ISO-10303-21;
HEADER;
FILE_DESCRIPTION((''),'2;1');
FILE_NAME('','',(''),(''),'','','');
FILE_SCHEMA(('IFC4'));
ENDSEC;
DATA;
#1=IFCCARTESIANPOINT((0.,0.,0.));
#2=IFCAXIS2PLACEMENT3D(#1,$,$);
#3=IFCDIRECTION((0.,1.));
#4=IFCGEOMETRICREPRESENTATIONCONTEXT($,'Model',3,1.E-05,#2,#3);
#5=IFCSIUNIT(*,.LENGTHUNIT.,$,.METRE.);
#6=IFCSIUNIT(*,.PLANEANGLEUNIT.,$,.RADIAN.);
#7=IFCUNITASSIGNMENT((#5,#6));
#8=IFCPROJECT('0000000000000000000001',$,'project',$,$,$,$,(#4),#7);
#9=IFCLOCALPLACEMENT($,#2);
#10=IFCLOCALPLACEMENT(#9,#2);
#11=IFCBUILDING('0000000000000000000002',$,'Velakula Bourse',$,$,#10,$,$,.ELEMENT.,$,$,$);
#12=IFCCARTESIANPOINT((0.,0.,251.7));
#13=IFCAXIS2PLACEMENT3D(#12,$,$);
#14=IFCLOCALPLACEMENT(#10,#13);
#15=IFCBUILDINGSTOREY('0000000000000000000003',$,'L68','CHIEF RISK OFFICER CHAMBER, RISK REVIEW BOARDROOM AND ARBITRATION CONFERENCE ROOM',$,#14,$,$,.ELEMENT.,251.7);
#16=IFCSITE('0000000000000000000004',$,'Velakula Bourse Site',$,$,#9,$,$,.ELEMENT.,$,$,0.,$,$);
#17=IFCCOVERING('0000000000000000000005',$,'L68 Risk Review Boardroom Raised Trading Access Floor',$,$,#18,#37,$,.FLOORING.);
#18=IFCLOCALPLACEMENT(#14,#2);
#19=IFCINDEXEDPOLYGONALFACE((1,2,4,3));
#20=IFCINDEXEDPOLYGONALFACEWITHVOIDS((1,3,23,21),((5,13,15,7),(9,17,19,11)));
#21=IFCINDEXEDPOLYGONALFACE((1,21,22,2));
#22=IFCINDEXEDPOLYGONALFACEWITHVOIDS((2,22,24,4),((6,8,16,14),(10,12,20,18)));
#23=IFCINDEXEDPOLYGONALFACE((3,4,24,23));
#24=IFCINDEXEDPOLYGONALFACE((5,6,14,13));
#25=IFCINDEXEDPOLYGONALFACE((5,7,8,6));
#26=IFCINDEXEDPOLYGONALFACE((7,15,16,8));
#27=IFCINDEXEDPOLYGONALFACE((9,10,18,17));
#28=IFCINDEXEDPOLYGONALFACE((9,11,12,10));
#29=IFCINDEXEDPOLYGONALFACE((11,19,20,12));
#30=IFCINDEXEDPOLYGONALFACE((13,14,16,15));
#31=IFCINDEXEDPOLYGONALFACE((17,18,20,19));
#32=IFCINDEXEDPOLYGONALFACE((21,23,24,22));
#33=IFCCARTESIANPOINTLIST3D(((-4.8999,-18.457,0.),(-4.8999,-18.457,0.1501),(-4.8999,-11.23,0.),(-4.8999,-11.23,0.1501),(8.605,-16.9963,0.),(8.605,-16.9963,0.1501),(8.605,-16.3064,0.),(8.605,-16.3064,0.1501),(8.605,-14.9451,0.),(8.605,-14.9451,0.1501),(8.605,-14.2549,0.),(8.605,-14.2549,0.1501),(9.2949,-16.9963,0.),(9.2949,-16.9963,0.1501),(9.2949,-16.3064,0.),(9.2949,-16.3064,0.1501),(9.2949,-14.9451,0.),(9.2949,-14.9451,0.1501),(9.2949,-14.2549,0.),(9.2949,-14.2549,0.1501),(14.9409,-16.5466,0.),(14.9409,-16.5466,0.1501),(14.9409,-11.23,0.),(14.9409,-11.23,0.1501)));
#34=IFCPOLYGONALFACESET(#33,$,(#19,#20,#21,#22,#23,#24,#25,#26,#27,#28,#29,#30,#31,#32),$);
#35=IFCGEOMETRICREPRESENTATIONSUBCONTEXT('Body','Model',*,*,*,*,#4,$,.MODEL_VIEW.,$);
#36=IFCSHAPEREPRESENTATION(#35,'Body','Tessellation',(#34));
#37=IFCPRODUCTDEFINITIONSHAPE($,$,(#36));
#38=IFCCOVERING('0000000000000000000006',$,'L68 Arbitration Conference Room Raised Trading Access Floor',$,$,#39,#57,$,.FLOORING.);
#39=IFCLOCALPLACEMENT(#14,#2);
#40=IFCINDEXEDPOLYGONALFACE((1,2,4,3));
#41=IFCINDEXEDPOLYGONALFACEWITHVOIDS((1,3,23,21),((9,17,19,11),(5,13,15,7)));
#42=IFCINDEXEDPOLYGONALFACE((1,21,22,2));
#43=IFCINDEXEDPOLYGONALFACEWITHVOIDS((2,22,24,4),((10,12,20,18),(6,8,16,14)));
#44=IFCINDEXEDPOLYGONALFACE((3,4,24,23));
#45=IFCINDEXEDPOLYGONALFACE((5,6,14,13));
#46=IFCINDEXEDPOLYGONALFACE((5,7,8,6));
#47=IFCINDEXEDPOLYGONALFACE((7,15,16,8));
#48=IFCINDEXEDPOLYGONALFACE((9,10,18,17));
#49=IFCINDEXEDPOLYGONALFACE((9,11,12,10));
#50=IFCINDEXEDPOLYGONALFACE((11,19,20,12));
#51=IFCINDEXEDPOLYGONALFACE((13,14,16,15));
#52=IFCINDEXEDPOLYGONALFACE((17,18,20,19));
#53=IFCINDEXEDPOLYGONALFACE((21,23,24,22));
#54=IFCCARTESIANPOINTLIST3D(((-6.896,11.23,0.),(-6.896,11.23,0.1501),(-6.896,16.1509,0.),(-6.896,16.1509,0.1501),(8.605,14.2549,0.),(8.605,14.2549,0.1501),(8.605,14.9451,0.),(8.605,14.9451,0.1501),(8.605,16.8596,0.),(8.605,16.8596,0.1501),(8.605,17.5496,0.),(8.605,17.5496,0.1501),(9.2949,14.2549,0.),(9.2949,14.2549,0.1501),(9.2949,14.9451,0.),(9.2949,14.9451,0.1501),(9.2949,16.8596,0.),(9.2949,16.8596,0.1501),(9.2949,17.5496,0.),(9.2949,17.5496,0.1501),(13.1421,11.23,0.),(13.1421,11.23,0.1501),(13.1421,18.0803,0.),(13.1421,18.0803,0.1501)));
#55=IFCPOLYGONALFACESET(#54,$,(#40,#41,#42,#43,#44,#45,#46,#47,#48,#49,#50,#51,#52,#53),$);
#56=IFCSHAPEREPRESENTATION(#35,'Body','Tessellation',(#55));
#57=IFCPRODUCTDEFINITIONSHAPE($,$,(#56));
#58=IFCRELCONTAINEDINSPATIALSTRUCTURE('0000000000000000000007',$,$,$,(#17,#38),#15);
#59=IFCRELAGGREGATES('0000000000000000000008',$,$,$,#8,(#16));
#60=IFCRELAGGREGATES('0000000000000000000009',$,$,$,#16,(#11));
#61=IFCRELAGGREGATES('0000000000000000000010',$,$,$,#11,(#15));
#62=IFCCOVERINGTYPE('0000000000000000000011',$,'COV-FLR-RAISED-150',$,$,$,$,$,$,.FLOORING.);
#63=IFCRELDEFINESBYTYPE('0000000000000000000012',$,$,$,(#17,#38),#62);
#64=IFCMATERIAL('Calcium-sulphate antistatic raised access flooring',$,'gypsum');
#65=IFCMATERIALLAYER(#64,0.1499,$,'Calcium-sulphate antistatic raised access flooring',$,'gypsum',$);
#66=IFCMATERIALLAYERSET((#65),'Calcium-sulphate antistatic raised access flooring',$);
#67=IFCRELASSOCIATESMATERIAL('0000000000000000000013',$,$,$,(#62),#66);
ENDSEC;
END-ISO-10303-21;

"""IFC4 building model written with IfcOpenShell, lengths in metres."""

from ifc_helpers import new_model, si_unit, direction, frame, origin, place, context, subcontext, project, spatial, polyline, outline, extrude, material, layer, layer_set, type_object, element, save


model = new_model("IFC4")

# Units and contexts
model_context = context("Model", 3, precision=1e-05, world=origin(), true_north=direction((0.0, 1.0)))
body_context = subcontext(model_context, "Body", "Model", "MODEL_VIEW")
ifc_project = project(units=[si_unit("LENGTHUNIT", "METRE"), si_unit("PLANEANGLEUNIT", "RADIAN")], contexts=[model_context])

# Site, building, storey
site_placement = place(None, origin())
site = spatial("IfcSite", under=ifc_project, at=site_placement, Name="Velakula Bourse Site", CompositionType="ELEMENT", RefElevation=0.0)
building_placement = place(site_placement, origin())
building = spatial("IfcBuilding", under=site, at=building_placement, Name="Velakula Bourse", CompositionType="ELEMENT")
storey_placement = place(building_placement, frame((0.0, 0.0, 251.7)))
storey = spatial("IfcBuildingStorey", under=building, at=storey_placement, Name="L68", Description="CHIEF RISK OFFICER CHAMBER, RISK REVIEW BOARDROOM AND ARBITRATION CONFERENCE ROOM", CompositionType="ELEMENT", Elevation=251.7)

# Coverings
ifc_material_1 = material(Name="Calcium-sulphate antistatic raised access flooring", Category="gypsum")
ifc_layer_1 = layer(ifc_material_1, 0.1499, Name="Calcium-sulphate antistatic raised access flooring", Category="gypsum")
ifc_layer_set_1 = layer_set([ifc_layer_1], Name="Calcium-sulphate antistatic raised access flooring")
covering_type_1 = type_object("IfcCoveringType", Name="COV-FLR-RAISED-150", PredefinedType="FLOORING", material=ifc_layer_set_1)
covering_1_placement = place(storey_placement, origin())
element("IfcCovering", 1, at=covering_1_placement, inside=storey, type_object=covering_type_1, Name="L68 Risk Review Boardroom Raised Trading Access Floor", PredefinedType="FLOORING", context=body_context, shape_type="SweptSolid", body=[
    extrude(outline(polyline([(14.9409, -11.23), (14.9409, -16.5466), (-4.8999, -18.457), (-4.8999, -11.23), (14.9409, -11.23)]), holes=[polyline([(9.2949, -16.9963), (9.2949, -16.3064), (8.605, -16.3064), (8.605, -16.9963), (9.2949, -16.9963)]), polyline([(8.605, -14.9451), (9.2949, -14.9451), (9.2949, -14.2549), (8.605, -14.2549), (8.605, -14.9451)])]), origin(), (0.0, 0.0, 1.0), 0.1501),
])
covering_2_placement = place(storey_placement, origin())
element("IfcCovering", 2, at=covering_2_placement, inside=storey, type_object=covering_type_1, Name="L68 Arbitration Conference Room Raised Trading Access Floor", PredefinedType="FLOORING", context=body_context, shape_type="SweptSolid", body=[
    extrude(outline(polyline([(13.1421, 11.23), (-6.896, 11.23), (-6.896, 16.1509), (13.1421, 18.0803), (13.1421, 11.23)]), holes=[polyline([(8.605, 14.2549), (9.2949, 14.2549), (9.2949, 14.9451), (8.605, 14.9451), (8.605, 14.2549)]), polyline([(8.605, 16.8596), (9.2949, 16.8596), (9.2949, 17.5496), (8.605, 17.5496), (8.605, 16.8596)])]), origin(), (0.0, 0.0, 1.0), 0.1501),
])

save(model, "model.ifc")
